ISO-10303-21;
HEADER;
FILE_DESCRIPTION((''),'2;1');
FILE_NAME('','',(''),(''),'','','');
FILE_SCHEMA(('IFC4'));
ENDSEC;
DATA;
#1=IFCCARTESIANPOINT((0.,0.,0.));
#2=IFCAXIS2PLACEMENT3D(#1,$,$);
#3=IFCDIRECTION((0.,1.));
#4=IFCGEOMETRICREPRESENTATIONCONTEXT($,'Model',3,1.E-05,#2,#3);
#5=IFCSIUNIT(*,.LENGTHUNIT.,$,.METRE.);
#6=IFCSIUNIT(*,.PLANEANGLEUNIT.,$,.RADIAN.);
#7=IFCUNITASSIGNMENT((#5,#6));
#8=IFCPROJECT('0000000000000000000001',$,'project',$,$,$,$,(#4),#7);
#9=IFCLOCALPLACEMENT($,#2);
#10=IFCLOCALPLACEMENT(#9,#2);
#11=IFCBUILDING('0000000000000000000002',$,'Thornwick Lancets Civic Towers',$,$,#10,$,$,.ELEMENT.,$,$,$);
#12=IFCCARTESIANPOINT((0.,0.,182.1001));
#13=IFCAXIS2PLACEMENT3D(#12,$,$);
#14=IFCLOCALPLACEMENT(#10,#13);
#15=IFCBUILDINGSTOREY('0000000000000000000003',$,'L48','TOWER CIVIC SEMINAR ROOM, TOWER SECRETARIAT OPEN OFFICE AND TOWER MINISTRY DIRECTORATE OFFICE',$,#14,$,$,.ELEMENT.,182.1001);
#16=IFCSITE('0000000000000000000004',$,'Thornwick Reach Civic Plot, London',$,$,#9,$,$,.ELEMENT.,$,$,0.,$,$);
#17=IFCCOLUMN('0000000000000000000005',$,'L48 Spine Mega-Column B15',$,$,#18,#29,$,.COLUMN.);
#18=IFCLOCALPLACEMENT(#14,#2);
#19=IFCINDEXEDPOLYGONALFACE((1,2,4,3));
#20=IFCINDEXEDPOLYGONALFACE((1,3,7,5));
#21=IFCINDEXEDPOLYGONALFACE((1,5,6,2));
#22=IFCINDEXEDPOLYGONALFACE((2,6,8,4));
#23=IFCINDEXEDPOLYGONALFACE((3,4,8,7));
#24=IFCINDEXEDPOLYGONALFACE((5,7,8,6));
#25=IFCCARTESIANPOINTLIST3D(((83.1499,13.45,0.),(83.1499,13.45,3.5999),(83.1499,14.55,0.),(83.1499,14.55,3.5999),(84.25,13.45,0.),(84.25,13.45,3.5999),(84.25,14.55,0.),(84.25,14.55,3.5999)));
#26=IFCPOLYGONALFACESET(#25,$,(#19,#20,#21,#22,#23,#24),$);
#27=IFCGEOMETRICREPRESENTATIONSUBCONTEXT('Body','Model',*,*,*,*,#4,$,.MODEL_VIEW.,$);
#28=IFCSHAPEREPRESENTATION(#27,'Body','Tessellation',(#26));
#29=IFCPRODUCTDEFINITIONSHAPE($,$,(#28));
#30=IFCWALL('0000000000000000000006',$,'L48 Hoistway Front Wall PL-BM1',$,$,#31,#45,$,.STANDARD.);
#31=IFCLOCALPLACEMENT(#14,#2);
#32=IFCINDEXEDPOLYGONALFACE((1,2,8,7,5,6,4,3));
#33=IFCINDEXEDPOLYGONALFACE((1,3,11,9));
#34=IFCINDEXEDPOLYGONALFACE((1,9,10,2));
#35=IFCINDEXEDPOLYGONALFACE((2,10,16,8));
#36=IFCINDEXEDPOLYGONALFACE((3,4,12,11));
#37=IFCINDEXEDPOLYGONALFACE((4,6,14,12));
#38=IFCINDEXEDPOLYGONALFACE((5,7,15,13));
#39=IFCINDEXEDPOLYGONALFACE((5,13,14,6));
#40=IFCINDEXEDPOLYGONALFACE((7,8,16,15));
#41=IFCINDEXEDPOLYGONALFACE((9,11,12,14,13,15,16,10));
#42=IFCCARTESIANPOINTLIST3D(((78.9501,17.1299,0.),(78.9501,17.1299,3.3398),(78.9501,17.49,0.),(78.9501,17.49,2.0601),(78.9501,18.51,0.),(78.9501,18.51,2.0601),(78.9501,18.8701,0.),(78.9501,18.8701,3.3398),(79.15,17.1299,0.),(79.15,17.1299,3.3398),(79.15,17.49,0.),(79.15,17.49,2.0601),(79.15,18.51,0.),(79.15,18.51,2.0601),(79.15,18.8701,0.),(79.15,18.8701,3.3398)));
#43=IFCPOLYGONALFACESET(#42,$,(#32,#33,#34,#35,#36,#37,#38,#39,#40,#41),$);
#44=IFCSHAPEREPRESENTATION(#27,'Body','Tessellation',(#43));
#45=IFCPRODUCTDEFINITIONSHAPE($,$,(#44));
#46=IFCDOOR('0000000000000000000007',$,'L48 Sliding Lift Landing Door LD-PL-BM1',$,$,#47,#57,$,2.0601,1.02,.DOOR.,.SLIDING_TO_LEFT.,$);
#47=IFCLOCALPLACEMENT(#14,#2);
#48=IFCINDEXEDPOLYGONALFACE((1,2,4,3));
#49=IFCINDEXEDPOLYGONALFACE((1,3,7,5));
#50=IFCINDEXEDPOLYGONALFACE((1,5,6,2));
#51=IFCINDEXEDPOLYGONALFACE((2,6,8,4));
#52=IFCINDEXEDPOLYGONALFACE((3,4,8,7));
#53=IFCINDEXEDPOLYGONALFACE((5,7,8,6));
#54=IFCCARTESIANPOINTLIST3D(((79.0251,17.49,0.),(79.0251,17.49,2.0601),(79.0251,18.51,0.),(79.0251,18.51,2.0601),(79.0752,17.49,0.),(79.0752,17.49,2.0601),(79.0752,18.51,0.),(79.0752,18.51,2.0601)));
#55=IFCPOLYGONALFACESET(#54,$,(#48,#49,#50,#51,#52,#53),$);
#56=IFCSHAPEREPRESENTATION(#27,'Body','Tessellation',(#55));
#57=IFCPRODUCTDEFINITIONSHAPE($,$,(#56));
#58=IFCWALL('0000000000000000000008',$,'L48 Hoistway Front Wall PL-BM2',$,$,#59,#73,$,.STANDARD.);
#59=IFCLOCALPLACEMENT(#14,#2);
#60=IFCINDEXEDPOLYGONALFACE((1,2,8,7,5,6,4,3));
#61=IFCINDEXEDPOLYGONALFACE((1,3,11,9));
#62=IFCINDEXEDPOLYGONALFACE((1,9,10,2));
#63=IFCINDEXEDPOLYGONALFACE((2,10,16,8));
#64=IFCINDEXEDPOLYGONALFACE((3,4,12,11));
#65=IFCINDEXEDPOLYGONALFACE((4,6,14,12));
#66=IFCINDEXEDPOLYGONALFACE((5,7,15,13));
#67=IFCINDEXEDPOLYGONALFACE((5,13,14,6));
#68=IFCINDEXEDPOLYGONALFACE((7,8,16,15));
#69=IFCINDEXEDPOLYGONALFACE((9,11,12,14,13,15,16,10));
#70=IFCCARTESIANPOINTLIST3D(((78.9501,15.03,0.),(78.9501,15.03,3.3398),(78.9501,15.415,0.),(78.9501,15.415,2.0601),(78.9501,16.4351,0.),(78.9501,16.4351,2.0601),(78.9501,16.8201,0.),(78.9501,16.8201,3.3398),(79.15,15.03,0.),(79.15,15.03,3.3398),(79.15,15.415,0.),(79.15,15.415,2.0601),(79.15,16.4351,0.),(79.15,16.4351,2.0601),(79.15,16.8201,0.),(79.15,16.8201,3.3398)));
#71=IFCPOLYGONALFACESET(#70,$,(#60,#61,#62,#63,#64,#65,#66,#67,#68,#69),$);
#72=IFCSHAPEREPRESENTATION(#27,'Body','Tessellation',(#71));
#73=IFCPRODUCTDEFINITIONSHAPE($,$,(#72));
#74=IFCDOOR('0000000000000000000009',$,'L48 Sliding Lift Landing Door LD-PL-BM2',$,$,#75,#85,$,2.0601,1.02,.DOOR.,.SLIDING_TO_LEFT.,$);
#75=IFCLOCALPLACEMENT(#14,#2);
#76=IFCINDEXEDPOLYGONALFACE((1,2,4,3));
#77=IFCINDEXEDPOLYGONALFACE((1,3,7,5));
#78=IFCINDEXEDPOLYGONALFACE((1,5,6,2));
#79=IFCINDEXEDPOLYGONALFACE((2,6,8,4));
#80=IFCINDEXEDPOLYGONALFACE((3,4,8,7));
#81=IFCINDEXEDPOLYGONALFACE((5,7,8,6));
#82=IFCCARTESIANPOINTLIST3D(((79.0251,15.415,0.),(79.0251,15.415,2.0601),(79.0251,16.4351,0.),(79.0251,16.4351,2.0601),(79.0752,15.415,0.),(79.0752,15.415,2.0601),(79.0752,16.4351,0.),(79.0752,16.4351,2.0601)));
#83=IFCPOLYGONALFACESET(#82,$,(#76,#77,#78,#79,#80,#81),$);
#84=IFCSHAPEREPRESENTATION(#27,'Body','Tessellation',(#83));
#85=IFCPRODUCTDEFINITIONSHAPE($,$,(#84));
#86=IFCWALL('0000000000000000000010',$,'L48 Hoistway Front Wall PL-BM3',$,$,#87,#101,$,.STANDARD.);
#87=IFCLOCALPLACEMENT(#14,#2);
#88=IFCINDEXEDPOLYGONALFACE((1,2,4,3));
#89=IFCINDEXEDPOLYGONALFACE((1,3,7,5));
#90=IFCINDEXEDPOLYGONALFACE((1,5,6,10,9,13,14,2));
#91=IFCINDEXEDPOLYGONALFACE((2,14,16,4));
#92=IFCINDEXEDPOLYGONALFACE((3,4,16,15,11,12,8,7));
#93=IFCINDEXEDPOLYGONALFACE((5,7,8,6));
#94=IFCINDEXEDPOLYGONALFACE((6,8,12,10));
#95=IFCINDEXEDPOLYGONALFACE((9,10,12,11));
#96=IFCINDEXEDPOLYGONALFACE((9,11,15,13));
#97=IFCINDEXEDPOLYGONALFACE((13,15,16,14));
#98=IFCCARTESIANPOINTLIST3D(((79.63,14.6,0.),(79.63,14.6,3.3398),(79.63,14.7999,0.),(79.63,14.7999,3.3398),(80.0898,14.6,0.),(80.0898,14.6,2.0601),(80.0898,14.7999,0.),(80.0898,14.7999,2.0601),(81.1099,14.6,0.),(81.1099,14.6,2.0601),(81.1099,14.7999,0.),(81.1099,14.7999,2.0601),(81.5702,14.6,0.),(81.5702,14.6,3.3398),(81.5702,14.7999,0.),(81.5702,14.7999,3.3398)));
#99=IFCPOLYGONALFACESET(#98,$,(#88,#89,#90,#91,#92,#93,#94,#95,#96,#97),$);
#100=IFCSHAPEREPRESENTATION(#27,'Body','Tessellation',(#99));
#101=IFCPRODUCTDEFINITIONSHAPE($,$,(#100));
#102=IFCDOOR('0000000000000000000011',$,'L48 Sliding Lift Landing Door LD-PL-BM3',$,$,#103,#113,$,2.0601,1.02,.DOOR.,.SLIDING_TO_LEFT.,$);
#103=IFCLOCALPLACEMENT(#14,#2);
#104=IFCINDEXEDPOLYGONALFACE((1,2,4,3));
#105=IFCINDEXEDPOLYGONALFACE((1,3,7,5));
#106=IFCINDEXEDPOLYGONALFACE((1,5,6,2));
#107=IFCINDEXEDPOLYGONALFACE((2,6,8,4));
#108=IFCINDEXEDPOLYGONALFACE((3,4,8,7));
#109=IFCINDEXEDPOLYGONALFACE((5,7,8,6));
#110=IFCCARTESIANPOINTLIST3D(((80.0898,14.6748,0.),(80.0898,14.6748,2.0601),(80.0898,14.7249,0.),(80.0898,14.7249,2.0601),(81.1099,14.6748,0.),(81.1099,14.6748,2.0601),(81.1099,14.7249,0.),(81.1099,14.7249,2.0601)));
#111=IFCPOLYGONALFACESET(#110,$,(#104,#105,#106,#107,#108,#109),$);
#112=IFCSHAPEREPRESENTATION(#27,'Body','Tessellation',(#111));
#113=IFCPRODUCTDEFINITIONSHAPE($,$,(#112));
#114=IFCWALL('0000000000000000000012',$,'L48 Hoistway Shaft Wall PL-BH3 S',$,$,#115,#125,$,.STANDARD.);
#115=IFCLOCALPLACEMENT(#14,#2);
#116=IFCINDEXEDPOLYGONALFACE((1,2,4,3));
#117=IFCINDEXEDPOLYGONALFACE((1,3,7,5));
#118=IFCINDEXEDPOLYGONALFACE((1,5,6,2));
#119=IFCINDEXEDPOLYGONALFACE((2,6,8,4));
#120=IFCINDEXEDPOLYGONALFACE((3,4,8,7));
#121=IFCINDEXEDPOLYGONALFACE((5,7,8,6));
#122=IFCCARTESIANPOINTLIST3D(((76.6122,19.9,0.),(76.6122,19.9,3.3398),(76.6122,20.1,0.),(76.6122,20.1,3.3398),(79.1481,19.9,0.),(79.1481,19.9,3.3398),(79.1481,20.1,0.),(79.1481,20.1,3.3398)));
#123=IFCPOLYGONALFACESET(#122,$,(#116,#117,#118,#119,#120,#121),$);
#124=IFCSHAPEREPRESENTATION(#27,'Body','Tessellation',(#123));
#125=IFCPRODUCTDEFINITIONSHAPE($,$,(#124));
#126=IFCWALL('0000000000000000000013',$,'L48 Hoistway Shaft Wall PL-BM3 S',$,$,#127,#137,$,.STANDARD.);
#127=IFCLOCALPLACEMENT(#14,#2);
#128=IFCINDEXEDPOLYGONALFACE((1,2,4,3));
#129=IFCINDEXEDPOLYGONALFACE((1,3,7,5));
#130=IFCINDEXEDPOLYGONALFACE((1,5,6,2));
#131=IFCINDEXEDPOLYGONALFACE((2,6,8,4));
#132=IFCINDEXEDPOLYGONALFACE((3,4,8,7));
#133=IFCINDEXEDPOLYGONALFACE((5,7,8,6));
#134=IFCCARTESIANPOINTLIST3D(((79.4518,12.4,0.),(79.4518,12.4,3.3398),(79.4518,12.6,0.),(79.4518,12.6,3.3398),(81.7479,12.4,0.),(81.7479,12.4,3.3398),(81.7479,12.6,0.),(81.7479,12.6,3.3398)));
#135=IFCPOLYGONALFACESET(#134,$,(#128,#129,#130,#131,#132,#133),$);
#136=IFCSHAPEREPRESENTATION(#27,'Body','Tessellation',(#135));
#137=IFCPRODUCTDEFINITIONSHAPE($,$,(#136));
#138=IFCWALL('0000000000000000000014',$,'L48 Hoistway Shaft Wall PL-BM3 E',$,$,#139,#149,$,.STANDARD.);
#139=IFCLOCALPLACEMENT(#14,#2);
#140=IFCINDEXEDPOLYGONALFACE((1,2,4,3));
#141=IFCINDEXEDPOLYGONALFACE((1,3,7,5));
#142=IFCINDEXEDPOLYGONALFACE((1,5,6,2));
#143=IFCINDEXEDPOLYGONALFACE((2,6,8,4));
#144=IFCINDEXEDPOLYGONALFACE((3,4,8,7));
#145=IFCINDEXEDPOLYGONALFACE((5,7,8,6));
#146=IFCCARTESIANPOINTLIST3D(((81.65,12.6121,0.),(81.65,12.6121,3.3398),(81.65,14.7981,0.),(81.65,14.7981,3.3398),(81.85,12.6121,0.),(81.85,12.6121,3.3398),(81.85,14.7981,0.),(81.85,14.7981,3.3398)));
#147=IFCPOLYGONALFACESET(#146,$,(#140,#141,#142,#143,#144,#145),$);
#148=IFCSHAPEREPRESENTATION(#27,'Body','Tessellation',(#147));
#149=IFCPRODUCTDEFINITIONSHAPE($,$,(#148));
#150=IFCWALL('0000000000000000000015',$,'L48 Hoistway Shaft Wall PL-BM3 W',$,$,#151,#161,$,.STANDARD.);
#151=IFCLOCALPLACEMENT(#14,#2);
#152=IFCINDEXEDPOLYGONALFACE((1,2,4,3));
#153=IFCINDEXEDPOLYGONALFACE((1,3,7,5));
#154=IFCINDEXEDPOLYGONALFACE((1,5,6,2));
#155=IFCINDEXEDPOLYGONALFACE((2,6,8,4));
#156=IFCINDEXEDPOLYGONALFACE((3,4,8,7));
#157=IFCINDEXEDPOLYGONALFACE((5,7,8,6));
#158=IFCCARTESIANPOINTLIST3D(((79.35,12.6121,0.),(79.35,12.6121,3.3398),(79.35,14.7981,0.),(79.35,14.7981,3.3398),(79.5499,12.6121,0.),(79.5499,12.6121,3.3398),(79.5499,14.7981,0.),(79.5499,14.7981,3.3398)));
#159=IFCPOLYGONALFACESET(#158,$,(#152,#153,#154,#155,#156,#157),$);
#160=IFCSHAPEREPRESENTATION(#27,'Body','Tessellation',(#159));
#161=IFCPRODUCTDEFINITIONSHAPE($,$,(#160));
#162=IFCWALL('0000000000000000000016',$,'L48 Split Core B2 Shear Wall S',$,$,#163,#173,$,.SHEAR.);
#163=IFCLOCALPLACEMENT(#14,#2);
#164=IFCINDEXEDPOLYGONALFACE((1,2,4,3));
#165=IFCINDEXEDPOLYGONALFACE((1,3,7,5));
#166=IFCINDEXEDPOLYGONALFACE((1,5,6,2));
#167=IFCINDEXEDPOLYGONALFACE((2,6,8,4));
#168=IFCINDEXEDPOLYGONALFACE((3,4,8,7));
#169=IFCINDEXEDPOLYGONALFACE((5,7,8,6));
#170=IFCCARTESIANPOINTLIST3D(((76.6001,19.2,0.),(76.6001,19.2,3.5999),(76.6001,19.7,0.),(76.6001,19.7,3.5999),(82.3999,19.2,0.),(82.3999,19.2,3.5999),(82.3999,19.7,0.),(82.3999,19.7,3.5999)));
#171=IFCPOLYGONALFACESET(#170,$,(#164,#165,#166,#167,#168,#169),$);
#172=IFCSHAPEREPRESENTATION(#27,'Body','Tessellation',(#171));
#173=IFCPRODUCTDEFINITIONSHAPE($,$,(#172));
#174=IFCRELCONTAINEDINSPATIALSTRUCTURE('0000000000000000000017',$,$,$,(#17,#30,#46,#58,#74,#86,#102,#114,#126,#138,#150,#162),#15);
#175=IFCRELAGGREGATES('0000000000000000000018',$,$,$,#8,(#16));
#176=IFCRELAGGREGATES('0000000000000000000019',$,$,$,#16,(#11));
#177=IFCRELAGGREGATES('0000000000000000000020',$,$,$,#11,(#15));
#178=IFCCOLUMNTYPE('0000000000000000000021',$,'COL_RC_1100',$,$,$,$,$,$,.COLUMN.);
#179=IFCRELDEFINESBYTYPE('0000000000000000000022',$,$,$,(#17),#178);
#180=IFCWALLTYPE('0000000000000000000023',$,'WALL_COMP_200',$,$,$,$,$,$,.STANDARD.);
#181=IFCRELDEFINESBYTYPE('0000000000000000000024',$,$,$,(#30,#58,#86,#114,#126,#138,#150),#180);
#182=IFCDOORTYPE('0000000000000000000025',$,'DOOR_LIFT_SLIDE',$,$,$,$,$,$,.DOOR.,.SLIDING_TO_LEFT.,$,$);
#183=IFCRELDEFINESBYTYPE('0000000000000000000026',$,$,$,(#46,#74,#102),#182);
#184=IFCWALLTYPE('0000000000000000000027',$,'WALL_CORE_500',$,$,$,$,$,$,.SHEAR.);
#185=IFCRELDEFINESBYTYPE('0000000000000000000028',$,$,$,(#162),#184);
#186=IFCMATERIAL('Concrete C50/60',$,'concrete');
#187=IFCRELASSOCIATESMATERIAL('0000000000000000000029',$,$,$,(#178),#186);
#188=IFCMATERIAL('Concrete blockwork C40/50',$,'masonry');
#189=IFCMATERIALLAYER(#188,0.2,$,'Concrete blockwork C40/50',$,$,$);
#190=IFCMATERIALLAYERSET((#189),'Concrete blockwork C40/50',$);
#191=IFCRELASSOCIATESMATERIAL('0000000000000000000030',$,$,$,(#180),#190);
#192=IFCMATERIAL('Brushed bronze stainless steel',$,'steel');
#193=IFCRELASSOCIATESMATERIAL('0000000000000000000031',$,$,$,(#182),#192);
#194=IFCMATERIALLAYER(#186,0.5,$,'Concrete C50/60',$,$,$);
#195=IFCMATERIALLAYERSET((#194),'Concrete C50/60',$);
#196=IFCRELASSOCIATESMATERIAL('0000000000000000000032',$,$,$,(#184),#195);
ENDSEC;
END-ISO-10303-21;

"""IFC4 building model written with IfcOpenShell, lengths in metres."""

from ifc_helpers import new_model, si_unit, direction, frame, frame_2d, origin, origin_2d, place, context, subcontext, project, spatial, rectangle, extrude, material, layer, layer_set, material_profile, profile_set, type_object, element, fill, save


model = new_model("IFC4")

# Units and contexts
model_context = context("Model", 3, precision=1e-05, world=origin(), true_north=direction((0.0, 1.0)))
body_context = subcontext(model_context, "Body", "Model", "MODEL_VIEW")
ifc_project = project(units=[si_unit("LENGTHUNIT", "METRE"), si_unit("PLANEANGLEUNIT", "RADIAN")], contexts=[model_context])

# Site, building, storey
site_placement = place(None, origin())
site = spatial("IfcSite", under=ifc_project, at=site_placement, Name="Thornwick Reach Civic Plot, London", CompositionType="ELEMENT", RefElevation=0.0)
building_placement = place(site_placement, origin())
building = spatial("IfcBuilding", under=site, at=building_placement, Name="Thornwick Lancets Civic Towers", CompositionType="ELEMENT")
storey_placement = place(building_placement, frame((0.0, 0.0, 182.1001)))
storey = spatial("IfcBuildingStorey", under=building, at=storey_placement, Name="L48", Description="TOWER CIVIC SEMINAR ROOM, TOWER SECRETARIAT OPEN OFFICE AND TOWER MINISTRY DIRECTORATE OFFICE", CompositionType="ELEMENT", Elevation=182.1001)

# Column
ifc_material_1 = material(Name="Concrete C50/60", Category="concrete")
ifc_material_profile = material_profile(ifc_material_1, rectangle(XDim=1.1001, YDim=1.1001, at=origin_2d()), Name="RC 1100x1100")
ifc_profile_set = profile_set([ifc_material_profile], Name="Concrete C50/60")
column_type = type_object("IfcColumnType", Name="COL_RC_1100", PredefinedType="COLUMN", material=ifc_profile_set)
column_placement = place(storey_placement, frame((83.7, 14.0, 0.0), z_axis=(0.0, 0.0, 1.0), x_axis=(1.0, 0.0, 0.0)))
element("IfcColumn", 1, at=column_placement, inside=storey, type_object=column_type, Name="L48 Spine Mega-Column B15", PredefinedType="COLUMN", context=body_context, shape_type="SweptSolid", body=[
    extrude(rectangle(XDim=1.1001, YDim=1.1001, at=origin_2d()), origin(), (0.0, 0.0, 1.0), 3.5999),
])

# Walls, openings, doors
ifc_material_2 = material(Name="Concrete blockwork C40/50", Category="masonry")
ifc_layer_1 = layer(ifc_material_2, 0.2, Name="Concrete blockwork C40/50")
ifc_layer_set_1 = layer_set([ifc_layer_1], Name="Concrete blockwork C40/50")
wall_type_1 = type_object("IfcWallType", Name="WALL_COMP_200", PredefinedType="STANDARD", material=ifc_layer_set_1)
wall_1_placement = place(storey_placement, frame((79.05, 17.1299, 0.0), z_axis=(0.0, 0.0, 1.0), x_axis=(0.0, 1.0, 0.0)))
wall_1 = element("IfcWall", 2, at=wall_1_placement, inside=storey, type_object=wall_type_1, Name="L48 Hoistway Front Wall PL-BM1", PredefinedType="STANDARD", context=body_context, shape_type="SweptSolid", body=[
    extrude(rectangle(XDim=1.7402, YDim=0.2, at=frame_2d((0.8701, 0.0))), origin(), (0.0, 0.0, 1.0), 3.3398),
])
opening_1_placement = place(wall_1_placement, frame((0.3601, 0.0, 0.0)))
opening_1 = element("IfcOpeningElement", 3, at=opening_1_placement, cuts=wall_1, PredefinedType="OPENING", context=body_context, shape_type="SweptSolid", body=[
    extrude(rectangle(XDim=1.02, YDim=2.0601, at=frame_2d((0.51, 1.03))), frame((0.0, 0.1099, 0.0), z_axis=(0.0, -1.0, 0.0), x_axis=(1.0, 0.0, 0.0)), (0.0, 0.0, 1.0), 0.22),
])
ifc_material_3 = material(Name="Brushed bronze stainless steel", Category="steel")
door_type_1 = type_object("IfcDoorType", Name="DOOR_LIFT_SLIDE", OperationType="SLIDING_TO_LEFT", PredefinedType="DOOR", material=ifc_material_3)
door_1_placement = place(opening_1_placement, origin())
door_1 = element("IfcDoor", 4, at=door_1_placement, inside=storey, type_object=door_type_1, Name="L48 Sliding Lift Landing Door LD-PL-BM1", OperationType="SLIDING_TO_LEFT", OverallHeight=2.0601, OverallWidth=1.02, PredefinedType="DOOR", context=body_context, shape_type="SweptSolid", body=[
    extrude(rectangle(XDim=1.02, YDim=2.0601, at=frame_2d((0.51, 1.03))), frame((0.0, 0.0249, 0.0), z_axis=(0.0, -1.0, 0.0), x_axis=(1.0, 0.0, 0.0)), (0.0, 0.0, 1.0), 0.05),
])
fill(opening_1, door_1)
wall_2_placement = place(storey_placement, frame((79.05, 15.03, 0.0), z_axis=(0.0, 0.0, 1.0), x_axis=(0.0, 1.0, 0.0)))
wall_2 = element("IfcWall", 5, at=wall_2_placement, inside=storey, type_object=wall_type_1, Name="L48 Hoistway Front Wall PL-BM2", PredefinedType="STANDARD", context=body_context, shape_type="SweptSolid", body=[
    extrude(rectangle(XDim=1.79, YDim=0.2, at=frame_2d((0.895, 0.0))), origin(), (0.0, 0.0, 1.0), 3.3398),
])
opening_2_placement = place(wall_2_placement, frame((0.385, 0.0, 0.0)))
opening_2 = element("IfcOpeningElement", 6, at=opening_2_placement, cuts=wall_2, PredefinedType="OPENING", context=body_context, shape_type="SweptSolid", body=[
    extrude(rectangle(XDim=1.02, YDim=2.0601, at=frame_2d((0.51, 1.03))), frame((0.0, 0.1099, 0.0), z_axis=(0.0, -1.0, 0.0), x_axis=(1.0, 0.0, 0.0)), (0.0, 0.0, 1.0), 0.22),
])
door_2_placement = place(opening_2_placement, origin())
door_2 = element("IfcDoor", 7, at=door_2_placement, inside=storey, type_object=door_type_1, Name="L48 Sliding Lift Landing Door LD-PL-BM2", OperationType="SLIDING_TO_LEFT", OverallHeight=2.0601, OverallWidth=1.02, PredefinedType="DOOR", context=body_context, shape_type="SweptSolid", body=[
    extrude(rectangle(XDim=1.02, YDim=2.0601, at=frame_2d((0.51, 1.03))), frame((0.0, 0.0249, 0.0), z_axis=(0.0, -1.0, 0.0), x_axis=(1.0, 0.0, 0.0)), (0.0, 0.0, 1.0), 0.05),
])
fill(opening_2, door_2)
wall_3_placement = place(storey_placement, frame((79.6299, 14.7, 0.0), z_axis=(0.0, 0.0, 1.0), x_axis=(1.0, 0.0, 0.0)))
wall_3 = element("IfcWall", 8, at=wall_3_placement, inside=storey, type_object=wall_type_1, Name="L48 Hoistway Front Wall PL-BM3", PredefinedType="STANDARD", context=body_context, shape_type="SweptSolid", body=[
    extrude(rectangle(XDim=1.9402, YDim=0.2, at=frame_2d((0.9702, 0.0))), origin(), (0.0, 0.0, 1.0), 3.3398),
])
opening_3_placement = place(wall_3_placement, frame((0.46, 0.0, 0.0)))
opening_3 = element("IfcOpeningElement", 9, at=opening_3_placement, cuts=wall_3, PredefinedType="OPENING", context=body_context, shape_type="SweptSolid", body=[
    extrude(rectangle(XDim=1.02, YDim=2.0601, at=frame_2d((0.51, 1.03))), frame((0.0, 0.1099, 0.0), z_axis=(0.0, -1.0, 0.0), x_axis=(1.0, 0.0, 0.0)), (0.0, 0.0, 1.0), 0.22),
])
door_3_placement = place(opening_3_placement, origin())
door_3 = element("IfcDoor", 10, at=door_3_placement, inside=storey, type_object=door_type_1, Name="L48 Sliding Lift Landing Door LD-PL-BM3", OperationType="SLIDING_TO_LEFT", OverallHeight=2.0601, OverallWidth=1.02, PredefinedType="DOOR", context=body_context, shape_type="SweptSolid", body=[
    extrude(rectangle(XDim=1.02, YDim=2.0601, at=frame_2d((0.51, 1.03))), frame((0.0, 0.0249, 0.0), z_axis=(0.0, -1.0, 0.0), x_axis=(1.0, 0.0, 0.0)), (0.0, 0.0, 1.0), 0.05),
])
fill(opening_3, door_3)

# Walls
wall_4_placement = place(storey_placement, frame((76.6121, 20.0, 0.0), z_axis=(0.0, 0.0, 1.0), x_axis=(1.0, 0.0, 0.0)))
element("IfcWall", 11, at=wall_4_placement, inside=storey, type_object=wall_type_1, Name="L48 Hoistway Shaft Wall PL-BH3 S", PredefinedType="STANDARD", context=body_context, shape_type="SweptSolid", body=[
    extrude(rectangle(XDim=2.5359, YDim=0.2, at=frame_2d((1.2681, 0.0))), origin(), (0.0, 0.0, 1.0), 3.3398),
])
wall_5_placement = place(storey_placement, frame((79.4519, 12.5, 0.0), z_axis=(0.0, 0.0, 1.0), x_axis=(1.0, 0.0, 0.0)))
element("IfcWall", 12, at=wall_5_placement, inside=storey, type_object=wall_type_1, Name="L48 Hoistway Shaft Wall PL-BM3 S", PredefinedType="STANDARD", context=body_context, shape_type="SweptSolid", body=[
    extrude(rectangle(XDim=2.2961, YDim=0.2, at=frame_2d((1.1479, 0.0))), origin(), (0.0, 0.0, 1.0), 3.3398),
])
for number, where, z_axis, x_axis, name in (
    (13, (81.75, 12.6121, 0.0), (0.0, 0.0, 1.0), (0.0, 1.0, 0.0), "L48 Hoistway Shaft Wall PL-BM3 E"),
    (14, (79.45, 12.6121, 0.0), (0.0, 0.0, 1.0), (0.0, 1.0, 0.0), "L48 Hoistway Shaft Wall PL-BM3 W"),
):
    element("IfcWall", number, at=place(storey_placement, frame(where, z_axis=z_axis, x_axis=x_axis)), inside=storey, type_object=wall_type_1, Name=name, PredefinedType="STANDARD", context=body_context, shape_type="SweptSolid", body=[
        extrude(rectangle(XDim=2.186, YDim=0.2, at=frame_2d((1.093, 0.0))), origin(), (0.0, 0.0, 1.0), 3.3398),
    ])
ifc_layer_2 = layer(ifc_material_1, 0.5, Name="Concrete C50/60")
ifc_layer_set_2 = layer_set([ifc_layer_2], Name="Concrete C50/60")
wall_type_2 = type_object("IfcWallType", Name="WALL_CORE_500", PredefinedType="SHEAR", material=ifc_layer_set_2)
wall_6_placement = place(storey_placement, frame((76.6001, 19.45, 0.0), z_axis=(0.0, 0.0, 1.0), x_axis=(1.0, 0.0, 0.0)))
element("IfcWall", 15, at=wall_6_placement, inside=storey, type_object=wall_type_2, Name="L48 Split Core B2 Shear Wall S", PredefinedType="SHEAR", context=body_context, shape_type="SweptSolid", body=[
    extrude(rectangle(XDim=5.7998, YDim=0.5, at=frame_2d((2.8999, 0.0))), origin(), (0.0, 0.0, 1.0), 3.5999),
])

save(model, "model.ifc")
